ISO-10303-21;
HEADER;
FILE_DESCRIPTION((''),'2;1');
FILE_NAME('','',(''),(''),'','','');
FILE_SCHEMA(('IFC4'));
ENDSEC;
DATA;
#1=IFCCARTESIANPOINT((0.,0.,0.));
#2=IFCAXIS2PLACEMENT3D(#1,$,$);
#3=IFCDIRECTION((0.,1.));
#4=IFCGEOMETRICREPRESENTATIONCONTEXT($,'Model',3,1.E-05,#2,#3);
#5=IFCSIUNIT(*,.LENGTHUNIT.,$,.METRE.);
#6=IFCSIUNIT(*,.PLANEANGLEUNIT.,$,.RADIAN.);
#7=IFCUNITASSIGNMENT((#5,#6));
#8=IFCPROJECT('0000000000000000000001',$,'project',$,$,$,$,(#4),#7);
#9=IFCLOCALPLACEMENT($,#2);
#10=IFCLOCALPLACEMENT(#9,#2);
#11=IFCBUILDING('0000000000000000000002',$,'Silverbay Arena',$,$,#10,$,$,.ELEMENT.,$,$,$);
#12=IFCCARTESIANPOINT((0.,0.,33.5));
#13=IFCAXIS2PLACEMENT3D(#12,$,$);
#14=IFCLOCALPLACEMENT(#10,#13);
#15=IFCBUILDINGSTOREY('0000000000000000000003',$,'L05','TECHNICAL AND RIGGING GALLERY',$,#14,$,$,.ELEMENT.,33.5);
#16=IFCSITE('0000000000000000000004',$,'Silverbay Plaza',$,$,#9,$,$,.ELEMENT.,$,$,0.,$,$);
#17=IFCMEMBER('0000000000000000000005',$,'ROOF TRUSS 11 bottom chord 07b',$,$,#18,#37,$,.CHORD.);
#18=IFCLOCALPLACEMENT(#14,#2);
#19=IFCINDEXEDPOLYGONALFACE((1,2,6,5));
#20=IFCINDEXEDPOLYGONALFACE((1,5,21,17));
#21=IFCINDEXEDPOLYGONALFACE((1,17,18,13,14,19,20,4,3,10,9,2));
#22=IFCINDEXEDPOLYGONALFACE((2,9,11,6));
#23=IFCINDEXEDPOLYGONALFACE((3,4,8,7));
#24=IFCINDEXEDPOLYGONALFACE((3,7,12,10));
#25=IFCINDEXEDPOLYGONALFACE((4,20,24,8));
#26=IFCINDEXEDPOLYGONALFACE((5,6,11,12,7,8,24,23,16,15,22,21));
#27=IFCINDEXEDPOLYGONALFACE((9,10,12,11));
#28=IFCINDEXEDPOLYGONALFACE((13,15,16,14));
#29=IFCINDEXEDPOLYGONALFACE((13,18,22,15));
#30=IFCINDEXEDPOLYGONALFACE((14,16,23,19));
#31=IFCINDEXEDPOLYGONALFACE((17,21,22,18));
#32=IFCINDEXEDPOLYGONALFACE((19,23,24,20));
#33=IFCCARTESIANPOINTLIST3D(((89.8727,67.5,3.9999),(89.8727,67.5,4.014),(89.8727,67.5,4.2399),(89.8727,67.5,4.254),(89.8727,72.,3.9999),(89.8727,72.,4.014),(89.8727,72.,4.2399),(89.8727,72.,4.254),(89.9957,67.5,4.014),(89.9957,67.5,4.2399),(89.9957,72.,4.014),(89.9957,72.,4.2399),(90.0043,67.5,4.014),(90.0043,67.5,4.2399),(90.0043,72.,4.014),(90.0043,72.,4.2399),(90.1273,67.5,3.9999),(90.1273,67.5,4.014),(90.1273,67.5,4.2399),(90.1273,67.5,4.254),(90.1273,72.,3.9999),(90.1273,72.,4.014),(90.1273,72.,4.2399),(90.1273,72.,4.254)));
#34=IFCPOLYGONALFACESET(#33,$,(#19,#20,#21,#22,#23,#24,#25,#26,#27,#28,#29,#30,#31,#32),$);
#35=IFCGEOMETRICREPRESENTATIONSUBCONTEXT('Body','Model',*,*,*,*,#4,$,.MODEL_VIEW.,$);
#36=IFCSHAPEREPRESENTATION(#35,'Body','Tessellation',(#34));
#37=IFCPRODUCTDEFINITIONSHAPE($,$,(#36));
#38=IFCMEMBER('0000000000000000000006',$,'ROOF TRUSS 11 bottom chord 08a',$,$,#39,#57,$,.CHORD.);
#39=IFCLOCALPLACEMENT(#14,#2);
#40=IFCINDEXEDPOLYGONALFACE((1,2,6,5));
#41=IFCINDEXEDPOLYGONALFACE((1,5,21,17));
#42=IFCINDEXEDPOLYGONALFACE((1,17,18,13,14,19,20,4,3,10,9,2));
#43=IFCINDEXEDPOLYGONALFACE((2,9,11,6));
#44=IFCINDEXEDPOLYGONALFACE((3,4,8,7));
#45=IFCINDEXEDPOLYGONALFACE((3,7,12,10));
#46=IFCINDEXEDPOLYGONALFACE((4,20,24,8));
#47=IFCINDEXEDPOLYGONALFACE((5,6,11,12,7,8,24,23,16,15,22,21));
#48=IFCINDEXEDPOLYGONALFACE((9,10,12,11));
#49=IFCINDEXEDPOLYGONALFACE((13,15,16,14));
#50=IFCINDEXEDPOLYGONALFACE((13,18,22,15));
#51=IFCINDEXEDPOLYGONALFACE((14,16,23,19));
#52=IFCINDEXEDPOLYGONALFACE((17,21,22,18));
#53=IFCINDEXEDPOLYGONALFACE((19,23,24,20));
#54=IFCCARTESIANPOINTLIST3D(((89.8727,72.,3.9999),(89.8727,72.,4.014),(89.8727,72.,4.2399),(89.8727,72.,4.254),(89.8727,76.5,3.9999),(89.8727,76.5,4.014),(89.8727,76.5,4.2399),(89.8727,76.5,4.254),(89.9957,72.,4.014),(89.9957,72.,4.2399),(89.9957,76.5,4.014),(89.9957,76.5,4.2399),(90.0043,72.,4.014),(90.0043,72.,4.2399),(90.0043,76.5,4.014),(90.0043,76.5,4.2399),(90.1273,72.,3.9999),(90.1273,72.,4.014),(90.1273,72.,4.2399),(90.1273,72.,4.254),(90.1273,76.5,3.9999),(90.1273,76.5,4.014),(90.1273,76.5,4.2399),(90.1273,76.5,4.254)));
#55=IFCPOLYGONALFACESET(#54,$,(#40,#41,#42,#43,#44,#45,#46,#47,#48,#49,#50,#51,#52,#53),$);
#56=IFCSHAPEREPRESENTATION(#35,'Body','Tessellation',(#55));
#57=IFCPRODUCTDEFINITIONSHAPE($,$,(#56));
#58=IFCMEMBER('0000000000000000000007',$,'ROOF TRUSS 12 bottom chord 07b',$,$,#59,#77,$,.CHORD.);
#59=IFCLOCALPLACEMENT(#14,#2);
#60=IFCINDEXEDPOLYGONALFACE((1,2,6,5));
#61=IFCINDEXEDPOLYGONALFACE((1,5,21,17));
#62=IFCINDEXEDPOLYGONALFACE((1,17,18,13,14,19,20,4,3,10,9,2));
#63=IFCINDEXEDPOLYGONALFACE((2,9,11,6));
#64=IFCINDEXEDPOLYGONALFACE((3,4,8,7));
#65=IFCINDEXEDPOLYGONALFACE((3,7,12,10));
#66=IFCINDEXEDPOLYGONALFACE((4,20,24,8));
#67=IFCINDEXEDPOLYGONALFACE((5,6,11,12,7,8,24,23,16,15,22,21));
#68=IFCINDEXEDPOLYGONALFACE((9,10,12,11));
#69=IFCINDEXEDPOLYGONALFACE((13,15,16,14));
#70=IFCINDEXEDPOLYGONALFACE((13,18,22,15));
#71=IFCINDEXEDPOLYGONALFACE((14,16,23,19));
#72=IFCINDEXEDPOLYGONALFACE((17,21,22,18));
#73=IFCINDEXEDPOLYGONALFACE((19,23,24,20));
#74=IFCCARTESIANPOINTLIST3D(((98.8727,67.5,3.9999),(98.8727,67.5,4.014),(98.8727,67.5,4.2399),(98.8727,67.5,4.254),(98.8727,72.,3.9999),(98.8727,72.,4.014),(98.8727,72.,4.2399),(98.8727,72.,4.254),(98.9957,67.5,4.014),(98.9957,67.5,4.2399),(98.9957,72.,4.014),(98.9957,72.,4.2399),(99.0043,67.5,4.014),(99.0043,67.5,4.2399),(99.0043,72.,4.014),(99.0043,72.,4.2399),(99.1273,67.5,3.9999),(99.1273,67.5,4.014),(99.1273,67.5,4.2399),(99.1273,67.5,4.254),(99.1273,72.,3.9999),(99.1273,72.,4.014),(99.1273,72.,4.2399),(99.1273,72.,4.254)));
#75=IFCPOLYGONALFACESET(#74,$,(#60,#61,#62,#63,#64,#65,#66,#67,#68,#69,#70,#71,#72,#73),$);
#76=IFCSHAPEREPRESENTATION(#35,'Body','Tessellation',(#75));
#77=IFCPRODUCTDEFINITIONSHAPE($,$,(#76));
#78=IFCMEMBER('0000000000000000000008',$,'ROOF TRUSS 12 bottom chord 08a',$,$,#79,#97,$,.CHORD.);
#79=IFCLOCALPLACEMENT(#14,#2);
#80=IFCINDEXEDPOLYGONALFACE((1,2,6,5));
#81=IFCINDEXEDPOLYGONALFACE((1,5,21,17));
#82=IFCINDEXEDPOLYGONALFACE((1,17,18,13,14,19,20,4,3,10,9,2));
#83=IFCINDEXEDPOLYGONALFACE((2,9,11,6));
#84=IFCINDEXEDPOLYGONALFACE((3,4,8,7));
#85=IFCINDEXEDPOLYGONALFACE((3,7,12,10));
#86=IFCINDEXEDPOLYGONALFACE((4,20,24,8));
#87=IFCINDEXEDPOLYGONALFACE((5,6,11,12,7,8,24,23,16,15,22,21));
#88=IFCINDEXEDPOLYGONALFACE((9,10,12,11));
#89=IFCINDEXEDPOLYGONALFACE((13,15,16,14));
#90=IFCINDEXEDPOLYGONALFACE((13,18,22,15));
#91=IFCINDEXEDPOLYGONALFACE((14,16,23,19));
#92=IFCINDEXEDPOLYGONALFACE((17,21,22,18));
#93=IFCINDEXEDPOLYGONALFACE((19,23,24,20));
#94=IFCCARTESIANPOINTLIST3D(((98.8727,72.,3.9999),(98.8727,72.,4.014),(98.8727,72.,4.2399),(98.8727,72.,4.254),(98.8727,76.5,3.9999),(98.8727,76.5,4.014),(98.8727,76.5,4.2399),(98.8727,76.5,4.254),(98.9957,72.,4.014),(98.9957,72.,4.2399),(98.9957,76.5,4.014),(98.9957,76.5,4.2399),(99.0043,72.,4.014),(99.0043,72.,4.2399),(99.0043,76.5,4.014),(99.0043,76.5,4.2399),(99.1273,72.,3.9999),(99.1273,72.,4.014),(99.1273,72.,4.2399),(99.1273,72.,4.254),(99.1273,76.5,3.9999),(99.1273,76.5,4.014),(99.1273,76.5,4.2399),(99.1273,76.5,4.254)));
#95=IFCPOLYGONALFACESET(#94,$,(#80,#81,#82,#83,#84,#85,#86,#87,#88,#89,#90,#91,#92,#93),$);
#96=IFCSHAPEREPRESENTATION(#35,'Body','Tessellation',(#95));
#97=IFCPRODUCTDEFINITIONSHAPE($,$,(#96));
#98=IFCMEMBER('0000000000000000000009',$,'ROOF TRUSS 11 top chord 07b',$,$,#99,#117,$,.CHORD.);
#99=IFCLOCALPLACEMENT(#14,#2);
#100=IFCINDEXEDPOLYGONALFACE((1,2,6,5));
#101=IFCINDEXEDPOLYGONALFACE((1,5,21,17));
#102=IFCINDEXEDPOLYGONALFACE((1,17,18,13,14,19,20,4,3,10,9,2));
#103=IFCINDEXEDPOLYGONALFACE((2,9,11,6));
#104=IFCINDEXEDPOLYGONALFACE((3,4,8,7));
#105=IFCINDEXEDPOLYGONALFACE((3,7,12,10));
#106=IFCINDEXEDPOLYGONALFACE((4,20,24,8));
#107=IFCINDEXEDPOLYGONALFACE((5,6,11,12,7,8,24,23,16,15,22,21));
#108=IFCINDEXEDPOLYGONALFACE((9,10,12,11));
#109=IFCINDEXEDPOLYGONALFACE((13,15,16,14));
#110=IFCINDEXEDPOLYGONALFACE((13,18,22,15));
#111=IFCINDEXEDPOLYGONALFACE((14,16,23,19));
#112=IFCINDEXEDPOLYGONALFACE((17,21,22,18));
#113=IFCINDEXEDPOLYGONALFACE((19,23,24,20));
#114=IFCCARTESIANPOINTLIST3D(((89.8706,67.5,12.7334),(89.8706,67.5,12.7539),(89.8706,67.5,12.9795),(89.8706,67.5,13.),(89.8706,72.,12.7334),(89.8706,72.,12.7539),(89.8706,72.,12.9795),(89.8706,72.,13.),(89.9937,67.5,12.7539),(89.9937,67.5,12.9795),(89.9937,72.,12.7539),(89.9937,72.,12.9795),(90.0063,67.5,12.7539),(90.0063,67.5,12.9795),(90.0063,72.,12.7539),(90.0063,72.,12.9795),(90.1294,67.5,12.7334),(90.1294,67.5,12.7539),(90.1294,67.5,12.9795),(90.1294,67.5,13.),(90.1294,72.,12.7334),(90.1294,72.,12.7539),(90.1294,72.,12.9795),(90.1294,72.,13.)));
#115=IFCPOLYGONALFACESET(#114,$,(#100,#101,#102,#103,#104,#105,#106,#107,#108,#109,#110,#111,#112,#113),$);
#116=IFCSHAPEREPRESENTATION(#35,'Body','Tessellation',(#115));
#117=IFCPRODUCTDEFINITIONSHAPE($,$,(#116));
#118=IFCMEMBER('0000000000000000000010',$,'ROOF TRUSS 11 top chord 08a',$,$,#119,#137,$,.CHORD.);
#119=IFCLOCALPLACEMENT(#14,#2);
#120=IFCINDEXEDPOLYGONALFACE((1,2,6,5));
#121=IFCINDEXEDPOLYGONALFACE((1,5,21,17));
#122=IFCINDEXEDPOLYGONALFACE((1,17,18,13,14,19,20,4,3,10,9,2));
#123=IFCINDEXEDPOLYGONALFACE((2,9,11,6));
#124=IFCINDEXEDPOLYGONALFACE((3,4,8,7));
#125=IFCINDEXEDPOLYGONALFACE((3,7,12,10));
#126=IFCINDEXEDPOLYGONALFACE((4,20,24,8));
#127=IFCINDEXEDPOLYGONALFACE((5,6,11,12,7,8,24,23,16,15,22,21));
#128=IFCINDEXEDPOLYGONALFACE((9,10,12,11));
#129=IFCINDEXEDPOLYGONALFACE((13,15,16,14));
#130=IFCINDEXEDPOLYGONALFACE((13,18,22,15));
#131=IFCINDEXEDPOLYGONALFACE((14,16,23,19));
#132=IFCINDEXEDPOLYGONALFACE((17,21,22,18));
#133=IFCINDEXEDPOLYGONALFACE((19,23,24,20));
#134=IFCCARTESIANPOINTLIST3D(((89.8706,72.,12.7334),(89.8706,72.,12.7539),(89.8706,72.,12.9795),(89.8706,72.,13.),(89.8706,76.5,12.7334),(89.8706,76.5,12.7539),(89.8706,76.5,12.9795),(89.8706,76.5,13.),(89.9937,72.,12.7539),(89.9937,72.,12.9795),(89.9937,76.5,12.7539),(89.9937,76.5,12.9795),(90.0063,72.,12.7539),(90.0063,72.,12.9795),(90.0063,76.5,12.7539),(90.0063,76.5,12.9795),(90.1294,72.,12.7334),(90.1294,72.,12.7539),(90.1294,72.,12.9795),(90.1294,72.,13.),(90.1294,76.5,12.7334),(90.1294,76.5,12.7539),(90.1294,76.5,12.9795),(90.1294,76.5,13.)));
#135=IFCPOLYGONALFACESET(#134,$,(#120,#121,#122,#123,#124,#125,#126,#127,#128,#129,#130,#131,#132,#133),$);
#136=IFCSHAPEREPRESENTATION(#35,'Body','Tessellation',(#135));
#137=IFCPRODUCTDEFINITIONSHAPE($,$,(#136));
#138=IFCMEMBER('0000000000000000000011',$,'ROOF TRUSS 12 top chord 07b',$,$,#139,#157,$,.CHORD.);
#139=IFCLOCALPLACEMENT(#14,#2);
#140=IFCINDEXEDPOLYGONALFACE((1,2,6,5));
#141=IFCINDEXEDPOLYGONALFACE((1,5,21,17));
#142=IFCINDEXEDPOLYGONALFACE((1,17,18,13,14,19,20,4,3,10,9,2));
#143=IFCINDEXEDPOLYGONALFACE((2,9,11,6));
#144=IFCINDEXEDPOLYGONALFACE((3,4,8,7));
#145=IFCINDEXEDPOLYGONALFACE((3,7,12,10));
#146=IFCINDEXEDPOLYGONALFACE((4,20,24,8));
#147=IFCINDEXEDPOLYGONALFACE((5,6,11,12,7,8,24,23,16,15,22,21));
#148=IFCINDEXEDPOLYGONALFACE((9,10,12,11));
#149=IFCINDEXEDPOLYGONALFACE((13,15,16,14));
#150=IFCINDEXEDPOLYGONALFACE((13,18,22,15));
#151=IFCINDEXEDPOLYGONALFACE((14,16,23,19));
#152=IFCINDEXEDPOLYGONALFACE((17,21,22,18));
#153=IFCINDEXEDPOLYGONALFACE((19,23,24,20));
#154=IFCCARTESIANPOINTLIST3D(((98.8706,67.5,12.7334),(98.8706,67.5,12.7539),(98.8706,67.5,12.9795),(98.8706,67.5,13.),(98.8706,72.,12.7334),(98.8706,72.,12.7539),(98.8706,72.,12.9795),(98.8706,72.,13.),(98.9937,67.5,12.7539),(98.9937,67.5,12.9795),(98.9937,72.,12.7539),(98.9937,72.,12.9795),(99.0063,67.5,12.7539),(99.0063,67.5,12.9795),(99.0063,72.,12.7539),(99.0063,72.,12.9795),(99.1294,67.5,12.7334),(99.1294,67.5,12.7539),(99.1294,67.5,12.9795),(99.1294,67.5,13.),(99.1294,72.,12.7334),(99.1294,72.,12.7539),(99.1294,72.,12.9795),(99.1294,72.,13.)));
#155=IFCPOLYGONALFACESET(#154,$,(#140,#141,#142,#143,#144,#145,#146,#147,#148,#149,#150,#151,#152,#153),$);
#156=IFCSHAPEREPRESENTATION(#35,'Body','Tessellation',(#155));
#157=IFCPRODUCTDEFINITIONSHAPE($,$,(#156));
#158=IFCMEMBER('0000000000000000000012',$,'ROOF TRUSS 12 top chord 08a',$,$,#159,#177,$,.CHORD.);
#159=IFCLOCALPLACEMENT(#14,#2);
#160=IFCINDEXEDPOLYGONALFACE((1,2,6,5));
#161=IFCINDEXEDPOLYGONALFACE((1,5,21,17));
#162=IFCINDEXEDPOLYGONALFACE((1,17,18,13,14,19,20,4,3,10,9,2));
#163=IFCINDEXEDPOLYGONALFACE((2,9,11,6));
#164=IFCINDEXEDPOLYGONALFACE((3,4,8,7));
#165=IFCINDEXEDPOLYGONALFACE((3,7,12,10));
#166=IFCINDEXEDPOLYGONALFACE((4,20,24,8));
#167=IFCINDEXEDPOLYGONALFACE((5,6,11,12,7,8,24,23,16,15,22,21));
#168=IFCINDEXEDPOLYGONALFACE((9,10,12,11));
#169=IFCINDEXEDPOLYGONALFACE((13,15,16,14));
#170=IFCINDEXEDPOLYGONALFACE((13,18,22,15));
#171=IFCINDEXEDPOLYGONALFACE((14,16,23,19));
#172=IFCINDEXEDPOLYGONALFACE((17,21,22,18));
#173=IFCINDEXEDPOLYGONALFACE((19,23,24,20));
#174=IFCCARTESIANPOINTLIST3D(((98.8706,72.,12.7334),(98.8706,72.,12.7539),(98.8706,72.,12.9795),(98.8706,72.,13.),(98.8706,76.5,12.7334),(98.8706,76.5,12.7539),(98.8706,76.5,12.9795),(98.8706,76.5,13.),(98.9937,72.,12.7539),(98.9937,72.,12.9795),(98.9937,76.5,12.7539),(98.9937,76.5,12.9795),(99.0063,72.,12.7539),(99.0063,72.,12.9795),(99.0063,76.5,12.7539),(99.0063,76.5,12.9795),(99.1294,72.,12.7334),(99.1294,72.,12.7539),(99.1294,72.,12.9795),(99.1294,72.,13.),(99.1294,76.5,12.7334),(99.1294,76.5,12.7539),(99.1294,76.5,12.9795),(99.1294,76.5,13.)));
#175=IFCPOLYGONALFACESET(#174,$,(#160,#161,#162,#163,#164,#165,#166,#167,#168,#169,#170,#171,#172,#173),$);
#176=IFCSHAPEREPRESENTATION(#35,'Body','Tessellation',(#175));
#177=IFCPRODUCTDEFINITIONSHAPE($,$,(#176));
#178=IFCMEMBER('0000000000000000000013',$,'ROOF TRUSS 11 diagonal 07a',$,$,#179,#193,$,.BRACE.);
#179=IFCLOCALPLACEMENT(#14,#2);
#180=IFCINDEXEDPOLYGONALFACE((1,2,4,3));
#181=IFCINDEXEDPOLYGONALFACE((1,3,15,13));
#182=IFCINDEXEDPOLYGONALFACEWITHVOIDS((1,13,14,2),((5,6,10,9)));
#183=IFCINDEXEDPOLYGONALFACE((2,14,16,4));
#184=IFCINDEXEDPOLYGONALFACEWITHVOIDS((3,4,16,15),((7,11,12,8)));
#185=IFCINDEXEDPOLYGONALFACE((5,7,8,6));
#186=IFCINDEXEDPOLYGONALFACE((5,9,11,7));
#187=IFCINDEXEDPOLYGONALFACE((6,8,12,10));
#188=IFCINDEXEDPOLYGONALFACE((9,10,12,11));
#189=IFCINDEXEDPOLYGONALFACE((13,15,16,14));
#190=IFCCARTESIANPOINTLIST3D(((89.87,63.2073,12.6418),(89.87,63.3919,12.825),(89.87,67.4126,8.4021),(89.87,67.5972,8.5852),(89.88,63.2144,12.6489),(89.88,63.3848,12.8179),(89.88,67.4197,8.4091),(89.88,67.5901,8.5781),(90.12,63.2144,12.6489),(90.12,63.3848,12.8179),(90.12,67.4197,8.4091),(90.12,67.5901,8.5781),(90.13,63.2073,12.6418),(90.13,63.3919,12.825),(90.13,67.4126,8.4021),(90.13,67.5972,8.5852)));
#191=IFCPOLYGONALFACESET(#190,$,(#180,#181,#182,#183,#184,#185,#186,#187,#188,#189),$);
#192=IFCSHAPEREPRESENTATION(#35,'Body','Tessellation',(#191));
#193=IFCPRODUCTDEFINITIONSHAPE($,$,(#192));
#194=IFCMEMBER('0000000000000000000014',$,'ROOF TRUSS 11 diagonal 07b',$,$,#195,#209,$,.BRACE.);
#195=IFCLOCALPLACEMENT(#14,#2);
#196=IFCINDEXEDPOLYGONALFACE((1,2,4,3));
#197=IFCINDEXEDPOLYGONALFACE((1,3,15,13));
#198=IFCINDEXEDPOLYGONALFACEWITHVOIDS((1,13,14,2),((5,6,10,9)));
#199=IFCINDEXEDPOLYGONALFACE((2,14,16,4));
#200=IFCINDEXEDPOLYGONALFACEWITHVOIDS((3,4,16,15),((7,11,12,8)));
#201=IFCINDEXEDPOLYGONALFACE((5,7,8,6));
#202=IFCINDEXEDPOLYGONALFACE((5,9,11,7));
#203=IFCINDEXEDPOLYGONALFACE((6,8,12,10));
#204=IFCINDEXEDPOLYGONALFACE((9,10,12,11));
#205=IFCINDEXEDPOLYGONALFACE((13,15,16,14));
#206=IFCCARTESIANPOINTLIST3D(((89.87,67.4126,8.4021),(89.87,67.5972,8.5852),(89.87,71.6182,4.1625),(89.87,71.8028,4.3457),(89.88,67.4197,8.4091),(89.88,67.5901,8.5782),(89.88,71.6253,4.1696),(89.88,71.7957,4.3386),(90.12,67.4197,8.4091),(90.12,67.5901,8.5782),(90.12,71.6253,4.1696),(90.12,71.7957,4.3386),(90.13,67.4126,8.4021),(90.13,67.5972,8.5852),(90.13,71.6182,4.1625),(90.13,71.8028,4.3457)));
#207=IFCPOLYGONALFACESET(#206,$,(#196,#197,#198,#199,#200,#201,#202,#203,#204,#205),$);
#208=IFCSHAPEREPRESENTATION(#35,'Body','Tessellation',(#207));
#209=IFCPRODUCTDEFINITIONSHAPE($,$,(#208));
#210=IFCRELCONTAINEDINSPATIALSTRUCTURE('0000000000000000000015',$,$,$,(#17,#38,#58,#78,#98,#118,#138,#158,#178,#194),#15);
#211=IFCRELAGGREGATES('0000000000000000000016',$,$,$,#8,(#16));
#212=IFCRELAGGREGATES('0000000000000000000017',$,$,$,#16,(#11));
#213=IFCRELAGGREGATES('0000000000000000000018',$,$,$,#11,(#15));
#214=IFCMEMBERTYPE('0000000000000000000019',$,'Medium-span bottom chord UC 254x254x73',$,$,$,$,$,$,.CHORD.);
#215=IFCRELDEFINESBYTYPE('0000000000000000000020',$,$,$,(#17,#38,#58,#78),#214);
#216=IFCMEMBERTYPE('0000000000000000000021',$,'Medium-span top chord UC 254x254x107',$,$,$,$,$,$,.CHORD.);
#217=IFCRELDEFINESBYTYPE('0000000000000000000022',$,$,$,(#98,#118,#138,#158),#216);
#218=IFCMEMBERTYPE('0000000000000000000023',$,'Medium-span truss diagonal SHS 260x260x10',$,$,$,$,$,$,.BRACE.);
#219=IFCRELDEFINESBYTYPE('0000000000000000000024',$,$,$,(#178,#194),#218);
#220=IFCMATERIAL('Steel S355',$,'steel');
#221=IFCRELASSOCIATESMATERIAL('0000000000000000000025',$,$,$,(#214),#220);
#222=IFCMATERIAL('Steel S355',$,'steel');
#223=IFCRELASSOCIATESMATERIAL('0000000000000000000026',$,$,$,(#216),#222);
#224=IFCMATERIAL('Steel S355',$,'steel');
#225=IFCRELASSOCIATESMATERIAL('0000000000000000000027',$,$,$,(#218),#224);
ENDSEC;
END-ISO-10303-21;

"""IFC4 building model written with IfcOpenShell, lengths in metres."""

from ifc_helpers import new_model, si_unit, direction, frame, origin, origin_2d, place, context, subcontext, project, spatial, hollow_rectangle, i_section, extrude, material, material_profile, profile_set, type_object, element, save


model = new_model("IFC4")

# Units and contexts
model_context = context("Model", 3, precision=1e-05, world=origin(), true_north=direction((0.0, 1.0)))
body_context = subcontext(model_context, "Body", "Model", "MODEL_VIEW")
ifc_project = project(units=[si_unit("LENGTHUNIT", "METRE"), si_unit("PLANEANGLEUNIT", "RADIAN")], contexts=[model_context])

# Site, building, storey
site_placement = place(None, origin())
site = spatial("IfcSite", under=ifc_project, at=site_placement, Name="Silverbay Plaza", CompositionType="ELEMENT", RefElevation=0.0)
building_placement = place(site_placement, origin())
building = spatial("IfcBuilding", under=site, at=building_placement, Name="Silverbay Arena", CompositionType="ELEMENT")
storey_placement = place(building_placement, frame((0.0, 0.0, 33.5)))
storey = spatial("IfcBuildingStorey", under=building, at=storey_placement, Name="L05", Description="TECHNICAL AND RIGGING GALLERY", CompositionType="ELEMENT", Elevation=33.5)

# Members
ifc_material_1 = material(Name="Steel S355", Category="steel")
ifc_material_profile_1 = material_profile(ifc_material_1, i_section(OverallWidth=0.2546, OverallDepth=0.2542, WebThickness=0.0085, FlangeThickness=0.0142, at=origin_2d()), Name="UC 254x254x73")
ifc_profile_set_1 = profile_set([ifc_material_profile_1], Name="Steel S355")
member_type_1 = type_object("IfcMemberType", Name="Medium-span bottom chord UC 254x254x73", PredefinedType="CHORD", material=ifc_profile_set_1)
for number, where, z_axis, x_axis, name in (
    (1, (90.0, 67.5, 4.127), (0.0, 1.0, 0.0), (-1.0, 0.0, 0.0), "ROOF TRUSS 11 bottom chord 07b"),
    (2, (90.0, 72.0, 4.127), (0.0, 1.0, 0.0), (-1.0, 0.0, 0.0), "ROOF TRUSS 11 bottom chord 08a"),
    (3, (99.0, 67.5, 4.127), (0.0, 1.0, 0.0), (-1.0, 0.0, 0.0), "ROOF TRUSS 12 bottom chord 07b"),
    (4, (99.0, 72.0, 4.127), (0.0, 1.0, 0.0), (-1.0, 0.0, 0.0), "ROOF TRUSS 12 bottom chord 08a"),
):
    element("IfcMember", number, at=place(storey_placement, frame(where, z_axis=z_axis, x_axis=x_axis)), inside=storey, type_object=member_type_1, Name=name, PredefinedType="CHORD", context=body_context, shape_type="SweptSolid", body=[
        extrude(i_section(OverallWidth=0.2546, OverallDepth=0.2542, WebThickness=0.0085, FlangeThickness=0.0142, at=origin_2d()), origin(), (0.0, 0.0, 1.0), 4.5),
    ])
ifc_material_2 = material(Name="Steel S355", Category="steel")
ifc_material_profile_2 = material_profile(ifc_material_2, i_section(OverallWidth=0.2588, OverallDepth=0.2666, WebThickness=0.0127, FlangeThickness=0.0205, at=origin_2d()), Name="UC 254x254x107")
ifc_profile_set_2 = profile_set([ifc_material_profile_2], Name="Steel S355")
member_type_2 = type_object("IfcMemberType", Name="Medium-span top chord UC 254x254x107", PredefinedType="CHORD", material=ifc_profile_set_2)
for number, where, z_axis, x_axis, name in (
    (5, (90.0, 67.5, 12.8667), (0.0, 1.0, 0.0), (-1.0, 0.0, 0.0), "ROOF TRUSS 11 top chord 07b"),
    (6, (90.0, 72.0, 12.8667), (0.0, 1.0, 0.0), (-1.0, 0.0, 0.0), "ROOF TRUSS 11 top chord 08a"),
    (7, (99.0, 67.5, 12.8667), (0.0, 1.0, 0.0), (-1.0, 0.0, 0.0), "ROOF TRUSS 12 top chord 07b"),
    (8, (99.0, 72.0, 12.8667), (0.0, 1.0, 0.0), (-1.0, 0.0, 0.0), "ROOF TRUSS 12 top chord 08a"),
):
    element("IfcMember", number, at=place(storey_placement, frame(where, z_axis=z_axis, x_axis=x_axis)), inside=storey, type_object=member_type_2, Name=name, PredefinedType="CHORD", context=body_context, shape_type="SweptSolid", body=[
        extrude(i_section(OverallWidth=0.2588, OverallDepth=0.2666, WebThickness=0.0127, FlangeThickness=0.0205, at=origin_2d()), origin(), (0.0, 0.0, 1.0), 4.5),
    ])
ifc_material_3 = material(Name="Steel S355", Category="steel")
ifc_material_profile_3 = material_profile(ifc_material_3, hollow_rectangle(XDim=0.26, YDim=0.26, WallThickness=0.01, at=origin_2d()), Name="SHS 260x260x10")
ifc_profile_set_3 = profile_set([ifc_material_profile_3], Name="Steel S355")
member_type_3 = type_object("IfcMemberType", Name="Medium-span truss diagonal SHS 260x260x10", PredefinedType="BRACE", material=ifc_profile_set_3)
for number, where, z_axis, x_axis, name in (
    (9, (90.0, 63.2996, 12.7334), (0.0, 0.704219, -0.709983), (-1.0, 0.0, 0.0), "ROOF TRUSS 11 diagonal 07a"),
    (10, (90.0, 67.5049, 8.4937), (0.0, 0.70426, -0.709942), (-1.0, 0.0, 0.0), "ROOF TRUSS 11 diagonal 07b"),
):
    element("IfcMember", number, at=place(storey_placement, frame(where, z_axis=z_axis, x_axis=x_axis)), inside=storey, type_object=member_type_3, Name=name, PredefinedType="BRACE", context=body_context, shape_type="SweptSolid", body=[
        extrude(hollow_rectangle(XDim=0.26, YDim=0.26, WallThickness=0.01, at=origin_2d()), origin(), (0.0, 0.0, 1.0), 5.9717),
    ])

save(model, "model.ifc")
